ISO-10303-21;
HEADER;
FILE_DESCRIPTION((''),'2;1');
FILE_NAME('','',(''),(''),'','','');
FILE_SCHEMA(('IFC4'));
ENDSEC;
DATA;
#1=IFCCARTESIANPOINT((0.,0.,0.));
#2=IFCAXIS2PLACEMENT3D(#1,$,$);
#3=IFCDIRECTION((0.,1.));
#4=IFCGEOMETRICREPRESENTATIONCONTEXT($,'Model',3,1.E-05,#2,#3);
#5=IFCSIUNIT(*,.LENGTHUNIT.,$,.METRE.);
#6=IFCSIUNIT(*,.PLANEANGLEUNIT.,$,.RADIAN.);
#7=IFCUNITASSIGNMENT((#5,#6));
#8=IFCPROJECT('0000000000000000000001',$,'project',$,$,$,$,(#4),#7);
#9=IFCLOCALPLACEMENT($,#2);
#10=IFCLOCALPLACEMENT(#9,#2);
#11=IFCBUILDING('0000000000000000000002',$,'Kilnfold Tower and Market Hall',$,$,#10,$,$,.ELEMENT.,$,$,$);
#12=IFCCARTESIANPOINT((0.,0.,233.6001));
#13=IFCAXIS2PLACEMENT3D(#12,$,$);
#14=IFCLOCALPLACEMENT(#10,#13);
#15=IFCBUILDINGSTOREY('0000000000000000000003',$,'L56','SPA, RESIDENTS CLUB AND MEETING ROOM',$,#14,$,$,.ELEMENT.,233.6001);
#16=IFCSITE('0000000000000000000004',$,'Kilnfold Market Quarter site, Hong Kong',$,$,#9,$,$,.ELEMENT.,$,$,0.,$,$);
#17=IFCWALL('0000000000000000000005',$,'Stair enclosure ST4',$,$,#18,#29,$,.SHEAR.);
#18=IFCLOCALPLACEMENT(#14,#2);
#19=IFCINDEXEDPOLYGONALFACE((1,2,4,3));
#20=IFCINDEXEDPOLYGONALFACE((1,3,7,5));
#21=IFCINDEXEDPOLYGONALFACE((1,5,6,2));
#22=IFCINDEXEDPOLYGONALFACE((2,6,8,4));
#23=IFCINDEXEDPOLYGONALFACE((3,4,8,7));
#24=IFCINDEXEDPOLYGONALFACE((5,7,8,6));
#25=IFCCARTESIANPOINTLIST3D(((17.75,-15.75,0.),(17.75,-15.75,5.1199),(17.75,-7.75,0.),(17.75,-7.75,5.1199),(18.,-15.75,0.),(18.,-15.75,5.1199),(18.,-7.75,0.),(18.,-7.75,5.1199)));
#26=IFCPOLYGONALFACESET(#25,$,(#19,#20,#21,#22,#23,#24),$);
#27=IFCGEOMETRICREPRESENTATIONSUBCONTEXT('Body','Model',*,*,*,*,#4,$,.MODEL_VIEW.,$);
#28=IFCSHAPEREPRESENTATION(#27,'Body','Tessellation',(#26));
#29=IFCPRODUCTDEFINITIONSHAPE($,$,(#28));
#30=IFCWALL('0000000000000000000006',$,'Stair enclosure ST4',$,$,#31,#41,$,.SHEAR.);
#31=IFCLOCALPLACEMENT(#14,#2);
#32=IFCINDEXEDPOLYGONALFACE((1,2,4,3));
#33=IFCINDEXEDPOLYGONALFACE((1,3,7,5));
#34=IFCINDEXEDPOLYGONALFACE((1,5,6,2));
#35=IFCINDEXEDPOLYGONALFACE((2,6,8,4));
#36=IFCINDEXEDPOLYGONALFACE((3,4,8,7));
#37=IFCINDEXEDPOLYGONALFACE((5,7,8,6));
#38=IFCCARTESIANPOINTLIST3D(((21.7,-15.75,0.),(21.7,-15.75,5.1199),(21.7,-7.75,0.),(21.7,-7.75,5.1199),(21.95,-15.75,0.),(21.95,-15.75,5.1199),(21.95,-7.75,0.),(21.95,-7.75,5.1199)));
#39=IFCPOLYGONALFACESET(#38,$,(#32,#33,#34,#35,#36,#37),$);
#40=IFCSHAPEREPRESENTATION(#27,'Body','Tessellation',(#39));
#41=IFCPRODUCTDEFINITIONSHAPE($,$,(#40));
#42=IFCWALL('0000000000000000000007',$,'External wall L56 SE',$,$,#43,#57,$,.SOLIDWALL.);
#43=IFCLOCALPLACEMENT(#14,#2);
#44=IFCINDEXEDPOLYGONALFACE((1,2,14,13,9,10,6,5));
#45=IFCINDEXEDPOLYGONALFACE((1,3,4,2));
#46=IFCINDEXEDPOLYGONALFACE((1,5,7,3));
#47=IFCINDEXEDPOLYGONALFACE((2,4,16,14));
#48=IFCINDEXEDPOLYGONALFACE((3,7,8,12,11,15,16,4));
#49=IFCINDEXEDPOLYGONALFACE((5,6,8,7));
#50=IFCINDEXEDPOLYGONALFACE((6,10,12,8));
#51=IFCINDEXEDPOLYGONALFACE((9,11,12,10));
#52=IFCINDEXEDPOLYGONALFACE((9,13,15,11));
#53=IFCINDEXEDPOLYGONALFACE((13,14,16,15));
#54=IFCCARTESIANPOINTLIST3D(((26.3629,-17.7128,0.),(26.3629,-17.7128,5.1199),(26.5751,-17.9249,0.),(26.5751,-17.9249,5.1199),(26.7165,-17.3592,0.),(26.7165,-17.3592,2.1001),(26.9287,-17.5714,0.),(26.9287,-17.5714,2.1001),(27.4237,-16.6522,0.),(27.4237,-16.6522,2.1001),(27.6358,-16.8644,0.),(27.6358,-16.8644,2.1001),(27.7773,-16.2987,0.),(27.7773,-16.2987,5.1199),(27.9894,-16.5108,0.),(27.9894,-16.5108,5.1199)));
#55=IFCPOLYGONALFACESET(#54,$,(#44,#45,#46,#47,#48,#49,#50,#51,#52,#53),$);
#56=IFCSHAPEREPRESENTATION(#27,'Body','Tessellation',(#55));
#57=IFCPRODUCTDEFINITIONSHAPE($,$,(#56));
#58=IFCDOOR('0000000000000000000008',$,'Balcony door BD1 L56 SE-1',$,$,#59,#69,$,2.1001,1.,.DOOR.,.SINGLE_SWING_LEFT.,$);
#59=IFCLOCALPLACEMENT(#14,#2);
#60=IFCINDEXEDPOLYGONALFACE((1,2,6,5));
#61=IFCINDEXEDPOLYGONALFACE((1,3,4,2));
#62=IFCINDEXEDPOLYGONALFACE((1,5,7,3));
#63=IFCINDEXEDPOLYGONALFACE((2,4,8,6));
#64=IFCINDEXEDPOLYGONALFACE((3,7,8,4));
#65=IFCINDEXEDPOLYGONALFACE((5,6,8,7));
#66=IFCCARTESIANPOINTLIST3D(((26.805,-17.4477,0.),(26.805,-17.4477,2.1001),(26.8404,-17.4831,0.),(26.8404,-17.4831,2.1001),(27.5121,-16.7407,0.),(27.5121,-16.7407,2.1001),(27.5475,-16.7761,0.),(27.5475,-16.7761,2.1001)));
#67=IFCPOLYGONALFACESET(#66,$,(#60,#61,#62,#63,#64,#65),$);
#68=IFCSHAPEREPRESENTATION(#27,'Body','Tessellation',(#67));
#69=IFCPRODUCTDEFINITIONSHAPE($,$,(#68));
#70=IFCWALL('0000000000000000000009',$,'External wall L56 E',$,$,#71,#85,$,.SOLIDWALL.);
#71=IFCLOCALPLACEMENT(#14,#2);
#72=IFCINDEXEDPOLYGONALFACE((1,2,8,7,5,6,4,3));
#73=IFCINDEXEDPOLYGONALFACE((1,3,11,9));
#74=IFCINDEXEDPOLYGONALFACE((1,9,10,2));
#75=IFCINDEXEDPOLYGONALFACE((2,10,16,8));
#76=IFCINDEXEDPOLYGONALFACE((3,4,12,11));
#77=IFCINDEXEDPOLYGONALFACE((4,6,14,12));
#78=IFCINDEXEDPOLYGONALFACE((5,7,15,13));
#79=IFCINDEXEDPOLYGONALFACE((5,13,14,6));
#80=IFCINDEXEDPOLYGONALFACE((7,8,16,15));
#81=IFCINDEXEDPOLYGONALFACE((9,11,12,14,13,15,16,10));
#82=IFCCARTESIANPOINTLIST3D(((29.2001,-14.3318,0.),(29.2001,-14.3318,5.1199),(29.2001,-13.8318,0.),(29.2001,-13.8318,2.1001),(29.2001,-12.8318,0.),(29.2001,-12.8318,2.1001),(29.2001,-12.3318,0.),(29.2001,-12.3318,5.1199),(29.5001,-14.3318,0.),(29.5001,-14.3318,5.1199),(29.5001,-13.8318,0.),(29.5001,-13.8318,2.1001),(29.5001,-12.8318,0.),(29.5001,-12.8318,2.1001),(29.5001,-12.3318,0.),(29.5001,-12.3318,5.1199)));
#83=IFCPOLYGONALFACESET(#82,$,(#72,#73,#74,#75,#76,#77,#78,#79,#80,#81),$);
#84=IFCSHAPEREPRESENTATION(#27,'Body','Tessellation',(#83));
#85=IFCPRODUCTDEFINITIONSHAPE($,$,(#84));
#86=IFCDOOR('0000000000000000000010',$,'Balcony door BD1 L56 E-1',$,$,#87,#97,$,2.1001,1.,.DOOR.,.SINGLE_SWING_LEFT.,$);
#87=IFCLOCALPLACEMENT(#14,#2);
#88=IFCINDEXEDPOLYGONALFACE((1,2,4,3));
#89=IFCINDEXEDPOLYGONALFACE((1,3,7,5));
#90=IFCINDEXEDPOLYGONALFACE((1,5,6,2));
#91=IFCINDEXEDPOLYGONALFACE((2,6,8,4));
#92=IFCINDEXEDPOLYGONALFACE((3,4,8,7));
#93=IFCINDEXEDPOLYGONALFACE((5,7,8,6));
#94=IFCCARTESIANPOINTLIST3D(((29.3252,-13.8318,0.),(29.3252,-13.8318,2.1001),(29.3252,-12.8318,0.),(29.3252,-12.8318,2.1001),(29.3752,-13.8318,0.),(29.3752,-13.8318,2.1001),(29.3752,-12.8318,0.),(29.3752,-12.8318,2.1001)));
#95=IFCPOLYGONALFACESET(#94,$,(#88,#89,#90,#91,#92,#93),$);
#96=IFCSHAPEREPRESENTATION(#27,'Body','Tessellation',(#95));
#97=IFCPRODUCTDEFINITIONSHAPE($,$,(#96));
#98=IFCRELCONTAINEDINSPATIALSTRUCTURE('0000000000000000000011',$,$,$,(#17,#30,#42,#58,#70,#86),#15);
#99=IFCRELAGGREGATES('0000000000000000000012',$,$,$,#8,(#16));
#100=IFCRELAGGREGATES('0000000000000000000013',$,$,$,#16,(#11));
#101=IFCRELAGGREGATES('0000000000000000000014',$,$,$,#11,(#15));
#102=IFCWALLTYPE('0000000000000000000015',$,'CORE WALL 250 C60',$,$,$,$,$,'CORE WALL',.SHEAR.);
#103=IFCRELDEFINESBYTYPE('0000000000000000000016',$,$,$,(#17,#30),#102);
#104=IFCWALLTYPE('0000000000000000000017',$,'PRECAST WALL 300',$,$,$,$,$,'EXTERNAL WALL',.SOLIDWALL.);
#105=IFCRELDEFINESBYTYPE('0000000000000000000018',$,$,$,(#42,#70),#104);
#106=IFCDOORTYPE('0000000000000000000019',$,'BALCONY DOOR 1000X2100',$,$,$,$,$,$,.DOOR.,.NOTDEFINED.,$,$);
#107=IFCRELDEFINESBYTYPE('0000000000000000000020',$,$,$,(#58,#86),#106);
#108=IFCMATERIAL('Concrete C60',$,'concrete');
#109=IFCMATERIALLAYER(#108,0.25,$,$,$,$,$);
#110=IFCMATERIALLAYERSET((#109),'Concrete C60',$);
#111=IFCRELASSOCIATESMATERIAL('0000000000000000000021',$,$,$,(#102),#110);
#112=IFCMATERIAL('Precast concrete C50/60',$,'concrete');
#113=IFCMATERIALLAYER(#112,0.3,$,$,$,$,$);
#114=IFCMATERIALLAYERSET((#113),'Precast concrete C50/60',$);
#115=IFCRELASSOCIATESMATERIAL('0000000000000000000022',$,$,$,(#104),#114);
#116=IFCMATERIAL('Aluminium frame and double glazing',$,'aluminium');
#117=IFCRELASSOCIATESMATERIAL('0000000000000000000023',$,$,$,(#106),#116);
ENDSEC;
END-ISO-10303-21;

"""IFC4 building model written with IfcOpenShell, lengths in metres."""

from ifc_helpers import new_model, si_unit, direction, frame, frame_2d, origin, place, context, subcontext, project, spatial, rectangle, extrude, source, transform, mapped, material, layer, layer_set, type_object, element, fill, save


model = new_model("IFC4")

# Units and contexts
model_context = context("Model", 3, precision=1e-05, world=origin(), true_north=direction((0.0, 1.0)))
body_context = subcontext(model_context, "Body", "Model", "MODEL_VIEW")
ifc_project = project(units=[si_unit("LENGTHUNIT", "METRE"), si_unit("PLANEANGLEUNIT", "RADIAN")], contexts=[model_context])

# Site, building, storey
site_placement = place(None, origin())
site = spatial("IfcSite", under=ifc_project, at=site_placement, Name="Kilnfold Market Quarter site, Hong Kong", CompositionType="ELEMENT", RefElevation=0.0)
building_placement = place(site_placement, origin())
building = spatial("IfcBuilding", under=site, at=building_placement, Name="Kilnfold Tower and Market Hall", CompositionType="ELEMENT")
storey_placement = place(building_placement, frame((0.0, 0.0, 233.6001)))
storey = spatial("IfcBuildingStorey", under=building, at=storey_placement, Name="L56", Description="SPA, RESIDENTS CLUB AND MEETING ROOM", CompositionType="ELEMENT", Elevation=233.6001)

# Walls
ifc_material_1 = material(Name="Concrete C60", Category="concrete")
ifc_layer_1 = layer(ifc_material_1, 0.25)
ifc_layer_set_1 = layer_set([ifc_layer_1], Name="Concrete C60")
wall_type_1 = type_object("IfcWallType", Name="CORE WALL 250 C60", ElementType="CORE WALL", PredefinedType="SHEAR", material=ifc_layer_set_1)
shared_shape_1 = source(origin(), body_context, "Body", "SweptSolid", [
    extrude(rectangle(XDim=8.0, YDim=0.25, at=frame_2d((4.0, 0.0))), origin(), (0.0, 0.0, 1.0), 5.1199),
])
for number, where, z_axis, x_axis, name in (
    (1, (17.875, -15.75, 0.0), (0.0, 0.0, 1.0), (0.0, 1.0, 0.0), "Stair enclosure ST4"),
    (2, (21.825, -15.75, 0.0), (0.0, 0.0, 1.0), (0.0, 1.0, 0.0), "Stair enclosure ST4"),
):
    element("IfcWall", number, at=place(storey_placement, frame(where, z_axis=z_axis, x_axis=x_axis)), inside=storey, type_object=wall_type_1, Name=name, PredefinedType="SHEAR", context=body_context, shape_type="MappedRepresentation", body=[
        mapped(shared_shape_1, transform((0.0, 0.0, 0.0))),
    ])

# Walls, openings, doors
ifc_material_2 = material(Name="Precast concrete C50/60", Category="concrete")
ifc_layer_2 = layer(ifc_material_2, 0.3)
ifc_layer_set_2 = layer_set([ifc_layer_2], Name="Precast concrete C50/60")
wall_type_2 = type_object("IfcWallType", Name="PRECAST WALL 300", ElementType="EXTERNAL WALL", PredefinedType="SOLIDWALL", material=ifc_layer_set_2)
shared_shape_2 = source(origin(), body_context, "Body", "SweptSolid", [
    extrude(rectangle(XDim=2.0, YDim=0.3, at=frame_2d((1.0, 0.0))), origin(), (0.0, 0.0, 1.0), 5.1199),
])
wall_1_placement = place(storey_placement, frame((26.469, -17.8188, 0.0), z_axis=(0.0, 0.0, 1.0), x_axis=(0.707168, 0.707046, 0.0)))
wall_1 = element("IfcWall", 3, at=wall_1_placement, inside=storey, type_object=wall_type_2, Name="External wall L56 SE", PredefinedType="SOLIDWALL", context=body_context, shape_type="MappedRepresentation", body=[
    mapped(shared_shape_2, transform((0.0, 0.0, 0.0))),
])
opening_1_placement = place(wall_1_placement, frame((0.5, 0.0, 0.0)))
opening_1 = element("IfcOpeningElement", 4, at=opening_1_placement, cuts=wall_1, PredefinedType="OPENING", context=body_context, shape_type="SweptSolid", body=[
    extrude(rectangle(XDim=1.0, YDim=2.1001, at=frame_2d((0.5, 1.05))), frame((0.0, 0.1602, 0.0), z_axis=(0.0, -1.0, 0.0), x_axis=(1.0, 0.0, 0.0)), (0.0, 0.0, 1.0), 0.3201),
])
ifc_material_3 = material(Name="Aluminium frame and double glazing", Category="aluminium")
door_type = type_object("IfcDoorType", Name="BALCONY DOOR 1000X2100", OperationType="NOTDEFINED", PredefinedType="DOOR", material=ifc_material_3)
door_1_placement = place(opening_1_placement, origin())
door_1 = element("IfcDoor", 5, at=door_1_placement, inside=storey, type_object=door_type, Name="Balcony door BD1 L56 SE-1", OperationType="SINGLE_SWING_LEFT", OverallHeight=2.1001, OverallWidth=1.0, PredefinedType="DOOR", context=body_context, shape_type="SweptSolid", body=[
    extrude(rectangle(XDim=1.0, YDim=2.1001, at=frame_2d((0.5, 1.05))), frame((0.0, 0.0249, 0.0), z_axis=(0.0, -1.0, 0.0), x_axis=(1.0, 0.0, 0.0)), (0.0, 0.0, 1.0), 0.05),
])
fill(opening_1, door_1)
wall_2_placement = place(storey_placement, frame((29.3501, -14.3318, 0.0), z_axis=(0.0, 0.0, 1.0), x_axis=(0.0, 1.0, 0.0)))
wall_2 = element("IfcWall", 6, at=wall_2_placement, inside=storey, type_object=wall_type_2, Name="External wall L56 E", PredefinedType="SOLIDWALL", context=body_context, shape_type="MappedRepresentation", body=[
    mapped(shared_shape_2, transform((0.0, 0.0, 0.0))),
])
opening_2_placement = place(wall_2_placement, frame((0.5, 0.0, 0.0)))
opening_2 = element("IfcOpeningElement", 7, at=opening_2_placement, cuts=wall_2, PredefinedType="OPENING", context=body_context, shape_type="SweptSolid", body=[
    extrude(rectangle(XDim=1.0, YDim=2.1001, at=frame_2d((0.5, 1.05))), frame((0.0, 0.1602, 0.0), z_axis=(0.0, -1.0, 0.0), x_axis=(1.0, 0.0, 0.0)), (0.0, 0.0, 1.0), 0.3201),
])
door_2_placement = place(opening_2_placement, origin())
door_2 = element("IfcDoor", 8, at=door_2_placement, inside=storey, type_object=door_type, Name="Balcony door BD1 L56 E-1", OperationType="SINGLE_SWING_LEFT", OverallHeight=2.1001, OverallWidth=1.0, PredefinedType="DOOR", context=body_context, shape_type="SweptSolid", body=[
    extrude(rectangle(XDim=1.0, YDim=2.1001, at=frame_2d((0.5, 1.05))), frame((0.0, 0.0249, 0.0), z_axis=(0.0, -1.0, 0.0), x_axis=(1.0, 0.0, 0.0)), (0.0, 0.0, 1.0), 0.05),
])
fill(opening_2, door_2)

save(model, "model.ifc")
